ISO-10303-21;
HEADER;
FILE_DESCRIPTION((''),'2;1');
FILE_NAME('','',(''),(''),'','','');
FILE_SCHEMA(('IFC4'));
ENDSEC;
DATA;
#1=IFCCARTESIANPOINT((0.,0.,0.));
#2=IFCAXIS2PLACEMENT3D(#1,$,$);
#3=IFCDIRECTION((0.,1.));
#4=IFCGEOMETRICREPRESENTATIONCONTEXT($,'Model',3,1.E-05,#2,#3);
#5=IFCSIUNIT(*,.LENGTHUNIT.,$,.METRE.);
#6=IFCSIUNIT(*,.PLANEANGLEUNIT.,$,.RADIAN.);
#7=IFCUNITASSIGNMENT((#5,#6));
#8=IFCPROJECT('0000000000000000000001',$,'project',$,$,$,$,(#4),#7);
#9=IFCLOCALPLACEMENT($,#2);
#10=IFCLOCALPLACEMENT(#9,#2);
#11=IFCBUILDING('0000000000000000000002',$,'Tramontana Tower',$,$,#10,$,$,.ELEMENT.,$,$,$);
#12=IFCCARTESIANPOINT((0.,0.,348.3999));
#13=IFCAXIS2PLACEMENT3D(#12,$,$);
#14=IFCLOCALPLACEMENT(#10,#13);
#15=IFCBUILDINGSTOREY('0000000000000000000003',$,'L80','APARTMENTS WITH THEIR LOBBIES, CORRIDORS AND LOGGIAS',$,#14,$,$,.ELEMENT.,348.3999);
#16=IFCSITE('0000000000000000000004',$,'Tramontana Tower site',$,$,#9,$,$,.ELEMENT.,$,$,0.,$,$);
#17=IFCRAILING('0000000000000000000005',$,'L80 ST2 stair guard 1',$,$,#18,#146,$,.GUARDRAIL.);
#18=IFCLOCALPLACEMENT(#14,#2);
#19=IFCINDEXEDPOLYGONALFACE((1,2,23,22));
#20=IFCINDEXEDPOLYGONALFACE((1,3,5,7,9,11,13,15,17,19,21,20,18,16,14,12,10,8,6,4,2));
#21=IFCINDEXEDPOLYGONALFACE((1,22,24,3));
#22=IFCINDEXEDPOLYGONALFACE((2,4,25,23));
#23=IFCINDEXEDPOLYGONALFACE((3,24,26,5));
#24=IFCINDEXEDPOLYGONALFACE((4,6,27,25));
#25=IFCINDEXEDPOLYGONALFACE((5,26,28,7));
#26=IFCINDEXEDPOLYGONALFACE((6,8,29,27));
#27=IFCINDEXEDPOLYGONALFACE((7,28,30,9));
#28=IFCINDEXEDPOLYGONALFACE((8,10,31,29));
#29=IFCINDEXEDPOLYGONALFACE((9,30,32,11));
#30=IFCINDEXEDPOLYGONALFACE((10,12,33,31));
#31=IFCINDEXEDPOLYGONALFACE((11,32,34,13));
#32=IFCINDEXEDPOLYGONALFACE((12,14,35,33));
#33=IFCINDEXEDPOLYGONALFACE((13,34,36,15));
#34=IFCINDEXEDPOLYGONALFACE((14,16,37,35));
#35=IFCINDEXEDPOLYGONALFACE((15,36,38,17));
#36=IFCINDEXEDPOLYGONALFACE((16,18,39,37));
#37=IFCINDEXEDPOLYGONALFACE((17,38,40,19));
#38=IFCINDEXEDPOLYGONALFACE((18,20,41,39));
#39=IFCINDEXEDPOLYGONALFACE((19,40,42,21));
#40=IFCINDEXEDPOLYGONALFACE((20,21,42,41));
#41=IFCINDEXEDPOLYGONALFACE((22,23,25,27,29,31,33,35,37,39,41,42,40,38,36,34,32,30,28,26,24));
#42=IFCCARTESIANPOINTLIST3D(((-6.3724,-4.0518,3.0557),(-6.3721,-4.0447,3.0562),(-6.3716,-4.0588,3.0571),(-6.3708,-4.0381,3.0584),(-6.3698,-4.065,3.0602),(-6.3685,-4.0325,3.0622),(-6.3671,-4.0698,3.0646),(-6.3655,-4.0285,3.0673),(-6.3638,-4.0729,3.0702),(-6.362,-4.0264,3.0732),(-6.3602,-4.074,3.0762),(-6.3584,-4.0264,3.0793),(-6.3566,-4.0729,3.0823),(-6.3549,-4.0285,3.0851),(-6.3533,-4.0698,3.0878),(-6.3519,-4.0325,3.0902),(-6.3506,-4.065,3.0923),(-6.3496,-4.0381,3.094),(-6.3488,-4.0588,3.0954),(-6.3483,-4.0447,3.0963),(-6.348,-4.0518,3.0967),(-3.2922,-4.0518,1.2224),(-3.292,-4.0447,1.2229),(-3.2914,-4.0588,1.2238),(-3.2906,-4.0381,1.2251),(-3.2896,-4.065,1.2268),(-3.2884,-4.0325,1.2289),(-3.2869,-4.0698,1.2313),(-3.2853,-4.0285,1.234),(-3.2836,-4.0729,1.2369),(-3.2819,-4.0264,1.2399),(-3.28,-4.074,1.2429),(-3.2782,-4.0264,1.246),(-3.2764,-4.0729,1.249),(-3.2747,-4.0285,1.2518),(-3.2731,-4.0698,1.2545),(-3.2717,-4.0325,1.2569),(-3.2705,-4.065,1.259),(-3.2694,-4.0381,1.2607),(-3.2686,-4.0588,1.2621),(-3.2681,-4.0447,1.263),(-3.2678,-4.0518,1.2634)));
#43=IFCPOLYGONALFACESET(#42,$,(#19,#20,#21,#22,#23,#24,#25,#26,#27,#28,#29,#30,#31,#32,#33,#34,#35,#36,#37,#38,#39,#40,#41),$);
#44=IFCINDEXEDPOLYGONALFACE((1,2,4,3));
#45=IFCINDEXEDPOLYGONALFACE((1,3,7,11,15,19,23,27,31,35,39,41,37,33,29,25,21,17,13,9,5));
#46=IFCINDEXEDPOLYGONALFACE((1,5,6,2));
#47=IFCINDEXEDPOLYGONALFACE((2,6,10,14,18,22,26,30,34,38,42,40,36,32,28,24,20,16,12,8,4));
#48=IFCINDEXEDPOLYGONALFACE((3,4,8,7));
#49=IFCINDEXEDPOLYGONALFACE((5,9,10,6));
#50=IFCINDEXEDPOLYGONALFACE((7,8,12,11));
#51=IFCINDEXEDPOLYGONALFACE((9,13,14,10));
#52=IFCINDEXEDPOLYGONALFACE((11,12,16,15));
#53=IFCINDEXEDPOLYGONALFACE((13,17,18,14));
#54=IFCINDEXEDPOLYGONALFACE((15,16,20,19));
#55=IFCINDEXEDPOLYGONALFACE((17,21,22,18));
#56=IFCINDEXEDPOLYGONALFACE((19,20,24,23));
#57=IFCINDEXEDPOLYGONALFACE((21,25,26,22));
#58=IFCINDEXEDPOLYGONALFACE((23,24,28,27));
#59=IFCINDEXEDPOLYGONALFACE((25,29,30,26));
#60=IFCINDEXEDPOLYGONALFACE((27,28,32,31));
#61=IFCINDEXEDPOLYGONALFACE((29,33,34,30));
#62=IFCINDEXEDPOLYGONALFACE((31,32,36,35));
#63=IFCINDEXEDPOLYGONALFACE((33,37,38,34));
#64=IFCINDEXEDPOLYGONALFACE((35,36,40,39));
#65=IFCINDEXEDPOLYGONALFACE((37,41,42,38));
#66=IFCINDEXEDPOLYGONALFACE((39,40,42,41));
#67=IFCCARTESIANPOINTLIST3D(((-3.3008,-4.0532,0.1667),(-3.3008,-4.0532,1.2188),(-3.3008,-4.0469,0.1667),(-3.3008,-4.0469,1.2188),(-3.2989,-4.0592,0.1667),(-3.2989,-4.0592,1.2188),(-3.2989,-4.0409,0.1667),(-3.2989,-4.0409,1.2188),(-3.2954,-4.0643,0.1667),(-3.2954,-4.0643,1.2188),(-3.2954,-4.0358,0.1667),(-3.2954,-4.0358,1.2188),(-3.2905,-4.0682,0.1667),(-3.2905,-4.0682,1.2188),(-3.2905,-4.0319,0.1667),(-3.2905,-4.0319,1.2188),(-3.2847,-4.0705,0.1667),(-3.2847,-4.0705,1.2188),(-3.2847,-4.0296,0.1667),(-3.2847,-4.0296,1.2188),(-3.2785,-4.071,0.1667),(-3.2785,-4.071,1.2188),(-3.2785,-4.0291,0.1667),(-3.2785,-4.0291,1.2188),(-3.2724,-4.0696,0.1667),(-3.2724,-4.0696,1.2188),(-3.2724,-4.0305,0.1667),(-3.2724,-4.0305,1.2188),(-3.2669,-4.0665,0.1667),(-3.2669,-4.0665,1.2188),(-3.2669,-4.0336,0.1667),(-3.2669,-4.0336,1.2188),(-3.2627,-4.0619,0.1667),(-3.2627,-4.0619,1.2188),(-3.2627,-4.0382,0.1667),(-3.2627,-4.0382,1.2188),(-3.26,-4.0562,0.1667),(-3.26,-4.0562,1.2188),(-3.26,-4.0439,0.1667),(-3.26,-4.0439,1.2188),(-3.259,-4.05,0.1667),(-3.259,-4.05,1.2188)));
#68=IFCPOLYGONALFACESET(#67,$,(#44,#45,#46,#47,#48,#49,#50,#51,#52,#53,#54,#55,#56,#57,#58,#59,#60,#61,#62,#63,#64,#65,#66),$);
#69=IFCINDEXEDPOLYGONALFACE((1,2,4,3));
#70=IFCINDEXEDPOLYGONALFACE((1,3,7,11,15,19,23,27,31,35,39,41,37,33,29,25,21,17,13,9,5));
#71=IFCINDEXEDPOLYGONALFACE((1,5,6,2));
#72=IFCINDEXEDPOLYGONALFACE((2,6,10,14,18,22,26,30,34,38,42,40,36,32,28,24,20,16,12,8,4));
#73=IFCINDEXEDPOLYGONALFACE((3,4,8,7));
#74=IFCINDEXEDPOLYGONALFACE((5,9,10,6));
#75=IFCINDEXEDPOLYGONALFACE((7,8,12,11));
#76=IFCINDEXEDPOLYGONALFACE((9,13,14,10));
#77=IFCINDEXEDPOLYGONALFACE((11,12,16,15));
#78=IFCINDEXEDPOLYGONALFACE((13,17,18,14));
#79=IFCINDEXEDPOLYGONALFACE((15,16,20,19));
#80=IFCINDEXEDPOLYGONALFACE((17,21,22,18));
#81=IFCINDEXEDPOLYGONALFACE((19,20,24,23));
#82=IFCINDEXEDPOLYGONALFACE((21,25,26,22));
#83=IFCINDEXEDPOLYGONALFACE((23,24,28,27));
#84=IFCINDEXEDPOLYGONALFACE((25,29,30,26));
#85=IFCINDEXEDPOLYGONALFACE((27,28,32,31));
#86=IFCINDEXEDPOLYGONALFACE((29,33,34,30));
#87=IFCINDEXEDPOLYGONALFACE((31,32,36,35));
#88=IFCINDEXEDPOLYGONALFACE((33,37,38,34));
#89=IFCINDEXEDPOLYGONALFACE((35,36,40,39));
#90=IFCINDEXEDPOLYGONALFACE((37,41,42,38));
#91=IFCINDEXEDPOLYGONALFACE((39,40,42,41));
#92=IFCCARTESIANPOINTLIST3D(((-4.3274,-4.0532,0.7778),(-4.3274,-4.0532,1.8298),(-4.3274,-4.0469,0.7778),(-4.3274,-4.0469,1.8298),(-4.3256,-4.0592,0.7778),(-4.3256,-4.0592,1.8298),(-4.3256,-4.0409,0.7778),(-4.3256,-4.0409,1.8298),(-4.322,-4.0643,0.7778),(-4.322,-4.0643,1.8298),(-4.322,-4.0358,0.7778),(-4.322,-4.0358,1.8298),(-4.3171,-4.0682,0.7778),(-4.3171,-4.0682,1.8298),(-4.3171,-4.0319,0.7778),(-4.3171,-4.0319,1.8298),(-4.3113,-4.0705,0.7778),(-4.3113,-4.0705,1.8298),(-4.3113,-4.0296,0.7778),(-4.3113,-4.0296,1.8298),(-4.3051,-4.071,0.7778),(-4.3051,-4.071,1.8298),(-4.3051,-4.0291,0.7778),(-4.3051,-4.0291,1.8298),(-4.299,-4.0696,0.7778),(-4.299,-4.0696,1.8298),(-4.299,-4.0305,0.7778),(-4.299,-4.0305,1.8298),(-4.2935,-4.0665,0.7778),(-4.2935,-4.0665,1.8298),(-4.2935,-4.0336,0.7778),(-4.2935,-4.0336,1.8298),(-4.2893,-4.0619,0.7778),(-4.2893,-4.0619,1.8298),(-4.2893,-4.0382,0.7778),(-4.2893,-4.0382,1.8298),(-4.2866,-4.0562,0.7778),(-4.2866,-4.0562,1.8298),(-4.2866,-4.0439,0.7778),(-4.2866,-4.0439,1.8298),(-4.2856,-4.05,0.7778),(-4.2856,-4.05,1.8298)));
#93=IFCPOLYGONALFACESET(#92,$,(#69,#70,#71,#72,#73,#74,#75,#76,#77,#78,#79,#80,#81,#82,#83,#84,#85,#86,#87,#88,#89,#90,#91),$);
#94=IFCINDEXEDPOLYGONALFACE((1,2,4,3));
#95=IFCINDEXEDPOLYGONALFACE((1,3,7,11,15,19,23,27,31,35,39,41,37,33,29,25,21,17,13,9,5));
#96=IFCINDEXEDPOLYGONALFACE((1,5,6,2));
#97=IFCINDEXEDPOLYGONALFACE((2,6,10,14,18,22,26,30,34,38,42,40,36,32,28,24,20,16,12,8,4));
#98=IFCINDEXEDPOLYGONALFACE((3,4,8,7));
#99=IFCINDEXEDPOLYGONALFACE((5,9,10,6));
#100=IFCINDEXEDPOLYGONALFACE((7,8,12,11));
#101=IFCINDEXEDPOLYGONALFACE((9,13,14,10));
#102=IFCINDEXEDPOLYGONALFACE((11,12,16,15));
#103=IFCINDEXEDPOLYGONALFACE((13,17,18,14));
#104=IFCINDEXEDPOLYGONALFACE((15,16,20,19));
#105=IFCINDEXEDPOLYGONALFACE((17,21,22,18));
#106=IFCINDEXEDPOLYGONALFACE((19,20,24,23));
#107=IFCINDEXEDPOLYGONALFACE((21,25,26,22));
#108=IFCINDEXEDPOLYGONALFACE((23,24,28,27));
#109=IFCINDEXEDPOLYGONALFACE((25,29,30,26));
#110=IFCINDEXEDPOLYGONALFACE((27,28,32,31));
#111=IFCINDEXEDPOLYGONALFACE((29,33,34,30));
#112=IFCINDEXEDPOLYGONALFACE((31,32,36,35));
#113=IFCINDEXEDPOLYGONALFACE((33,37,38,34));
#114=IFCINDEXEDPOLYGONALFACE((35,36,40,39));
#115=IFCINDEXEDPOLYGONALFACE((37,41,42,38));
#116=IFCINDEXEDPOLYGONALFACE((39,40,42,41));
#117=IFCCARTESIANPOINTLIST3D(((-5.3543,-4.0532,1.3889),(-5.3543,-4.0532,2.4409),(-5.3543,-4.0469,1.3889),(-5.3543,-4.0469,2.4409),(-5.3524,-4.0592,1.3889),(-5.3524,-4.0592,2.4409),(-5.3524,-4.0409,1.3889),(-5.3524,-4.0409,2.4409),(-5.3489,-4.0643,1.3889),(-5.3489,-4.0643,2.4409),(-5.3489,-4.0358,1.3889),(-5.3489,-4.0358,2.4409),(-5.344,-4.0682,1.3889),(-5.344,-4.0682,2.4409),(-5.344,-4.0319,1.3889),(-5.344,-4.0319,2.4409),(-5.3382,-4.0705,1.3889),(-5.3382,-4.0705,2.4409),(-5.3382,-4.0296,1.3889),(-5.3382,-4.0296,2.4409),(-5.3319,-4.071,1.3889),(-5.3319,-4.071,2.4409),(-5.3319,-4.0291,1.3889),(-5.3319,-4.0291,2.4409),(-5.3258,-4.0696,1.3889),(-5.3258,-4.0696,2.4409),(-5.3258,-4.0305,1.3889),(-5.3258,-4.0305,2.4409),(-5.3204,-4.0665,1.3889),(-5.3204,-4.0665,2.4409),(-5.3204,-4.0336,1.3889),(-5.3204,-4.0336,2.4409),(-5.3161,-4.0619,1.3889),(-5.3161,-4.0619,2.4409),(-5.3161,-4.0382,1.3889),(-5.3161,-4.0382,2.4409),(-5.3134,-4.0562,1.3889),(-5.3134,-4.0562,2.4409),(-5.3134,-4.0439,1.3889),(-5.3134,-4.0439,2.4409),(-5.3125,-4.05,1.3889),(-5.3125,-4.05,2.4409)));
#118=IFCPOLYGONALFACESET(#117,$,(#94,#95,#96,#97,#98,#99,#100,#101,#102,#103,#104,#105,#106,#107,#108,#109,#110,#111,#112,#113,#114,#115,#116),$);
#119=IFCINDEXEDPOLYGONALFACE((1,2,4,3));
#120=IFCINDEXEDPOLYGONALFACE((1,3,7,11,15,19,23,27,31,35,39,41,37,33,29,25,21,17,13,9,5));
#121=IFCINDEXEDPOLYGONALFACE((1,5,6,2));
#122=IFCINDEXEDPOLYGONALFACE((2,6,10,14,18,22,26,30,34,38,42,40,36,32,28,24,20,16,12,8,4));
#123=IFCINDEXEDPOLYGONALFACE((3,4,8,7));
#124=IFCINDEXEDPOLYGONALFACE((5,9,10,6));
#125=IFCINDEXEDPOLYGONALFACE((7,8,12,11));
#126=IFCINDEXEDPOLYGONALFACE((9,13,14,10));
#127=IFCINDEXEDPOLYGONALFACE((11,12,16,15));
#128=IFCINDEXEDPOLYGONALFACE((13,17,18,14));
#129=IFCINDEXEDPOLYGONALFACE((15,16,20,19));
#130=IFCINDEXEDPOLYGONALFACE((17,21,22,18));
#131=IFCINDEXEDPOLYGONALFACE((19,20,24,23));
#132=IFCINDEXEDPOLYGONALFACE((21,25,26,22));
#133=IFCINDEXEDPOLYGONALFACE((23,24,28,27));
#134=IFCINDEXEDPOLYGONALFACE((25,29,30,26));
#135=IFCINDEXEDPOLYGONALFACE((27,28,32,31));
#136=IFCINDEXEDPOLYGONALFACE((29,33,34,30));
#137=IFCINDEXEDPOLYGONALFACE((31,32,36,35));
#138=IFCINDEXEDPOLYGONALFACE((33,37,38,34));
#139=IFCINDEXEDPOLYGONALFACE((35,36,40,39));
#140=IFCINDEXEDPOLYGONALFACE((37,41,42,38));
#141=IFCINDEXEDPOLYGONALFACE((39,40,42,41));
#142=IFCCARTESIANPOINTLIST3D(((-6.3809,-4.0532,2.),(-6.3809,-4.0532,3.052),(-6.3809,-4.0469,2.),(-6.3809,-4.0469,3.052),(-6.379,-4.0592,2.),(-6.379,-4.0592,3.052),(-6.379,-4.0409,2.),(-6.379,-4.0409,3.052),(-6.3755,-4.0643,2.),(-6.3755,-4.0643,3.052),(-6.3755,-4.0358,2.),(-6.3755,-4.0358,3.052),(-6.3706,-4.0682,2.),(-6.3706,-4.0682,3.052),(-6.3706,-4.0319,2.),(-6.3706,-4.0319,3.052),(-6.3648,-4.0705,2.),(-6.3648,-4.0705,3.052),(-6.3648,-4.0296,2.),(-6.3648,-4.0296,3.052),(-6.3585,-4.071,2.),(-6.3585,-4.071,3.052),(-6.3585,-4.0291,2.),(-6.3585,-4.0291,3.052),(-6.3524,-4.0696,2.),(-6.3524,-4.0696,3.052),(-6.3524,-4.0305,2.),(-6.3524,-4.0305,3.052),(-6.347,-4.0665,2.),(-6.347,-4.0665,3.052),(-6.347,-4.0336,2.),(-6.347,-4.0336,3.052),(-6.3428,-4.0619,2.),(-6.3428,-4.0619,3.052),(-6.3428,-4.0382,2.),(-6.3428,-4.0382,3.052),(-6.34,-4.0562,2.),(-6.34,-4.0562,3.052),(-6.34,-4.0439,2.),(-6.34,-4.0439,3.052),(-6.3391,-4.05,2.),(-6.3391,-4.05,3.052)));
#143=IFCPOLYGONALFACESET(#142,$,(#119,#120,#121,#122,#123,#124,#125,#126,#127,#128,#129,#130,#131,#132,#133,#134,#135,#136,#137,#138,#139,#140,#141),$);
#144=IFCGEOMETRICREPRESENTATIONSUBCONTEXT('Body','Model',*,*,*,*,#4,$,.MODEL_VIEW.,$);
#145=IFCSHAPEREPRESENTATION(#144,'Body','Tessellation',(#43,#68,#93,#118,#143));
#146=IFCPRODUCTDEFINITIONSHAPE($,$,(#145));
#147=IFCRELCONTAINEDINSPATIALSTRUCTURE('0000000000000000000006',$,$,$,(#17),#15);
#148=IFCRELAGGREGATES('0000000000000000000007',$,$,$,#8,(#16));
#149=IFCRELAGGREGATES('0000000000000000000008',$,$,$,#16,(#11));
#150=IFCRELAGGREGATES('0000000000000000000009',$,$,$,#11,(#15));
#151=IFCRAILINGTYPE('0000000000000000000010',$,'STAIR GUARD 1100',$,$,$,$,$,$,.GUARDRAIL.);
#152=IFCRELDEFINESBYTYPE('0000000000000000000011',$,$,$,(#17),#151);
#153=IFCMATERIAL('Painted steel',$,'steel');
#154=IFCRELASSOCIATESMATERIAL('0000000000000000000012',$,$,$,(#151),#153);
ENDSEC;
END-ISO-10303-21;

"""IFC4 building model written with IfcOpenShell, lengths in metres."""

from ifc_helpers import new_model, si_unit, direction, frame, origin, origin_2d, place, context, subcontext, project, spatial, circle, extrude, material, type_object, element, save


model = new_model("IFC4")

# Units and contexts
model_context = context("Model", 3, precision=1e-05, world=origin(), true_north=direction((0.0, 1.0)))
body_context = subcontext(model_context, "Body", "Model", "MODEL_VIEW")
ifc_project = project(units=[si_unit("LENGTHUNIT", "METRE"), si_unit("PLANEANGLEUNIT", "RADIAN")], contexts=[model_context])

# Site, building, storey
site_placement = place(None, origin())
site = spatial("IfcSite", under=ifc_project, at=site_placement, Name="Tramontana Tower site", CompositionType="ELEMENT", RefElevation=0.0)
building_placement = place(site_placement, origin())
building = spatial("IfcBuilding", under=site, at=building_placement, Name="Tramontana Tower", CompositionType="ELEMENT")
storey_placement = place(building_placement, frame((0.0, 0.0, 348.3999)))
storey = spatial("IfcBuildingStorey", under=building, at=storey_placement, Name="L80", Description="APARTMENTS WITH THEIR LOBBIES, CORRIDORS AND LOGGIAS", CompositionType="ELEMENT", Elevation=348.3999)

# Railing
ifc_material_1 = material(Name="Painted steel", Category="steel")
railing_type_1 = type_object("IfcRailingType", Name="STAIR GUARD 1100", PredefinedType="GUARDRAIL", material=ifc_material_1)
railing_1_placement = place(storey_placement, frame((-3.28, -4.05, 0.1667)))
element("IfcRailing", 1, at=railing_1_placement, inside=storey, type_object=railing_type_1, Name="L80 ST2 stair guard 1", PredefinedType="GUARDRAIL", context=body_context, shape_type="SweptSolid", body=[
    extrude(circle(Radius=0.0239, at=origin_2d()), frame((0.0, 0.0, 1.0762), z_axis=(-0.859309, 0.0, 0.511458), x_axis=(0.0, -1.0, 0.0)), (0.0, 0.0, 1.0), 3.5845),
    extrude(circle(Radius=0.021, at=origin_2d()), origin(), (0.0, 0.0, 1.0), 1.052),
    extrude(circle(Radius=0.021, at=origin_2d()), frame((-1.0266, 0.0, 0.6111)), (0.0, 0.0, 1.0), 1.052),
    extrude(circle(Radius=0.021, at=origin_2d()), frame((-2.0535, 0.0, 1.2222)), (0.0, 0.0, 1.0), 1.052),
    extrude(circle(Radius=0.021, at=origin_2d()), frame((-3.0801, 0.0, 1.8333)), (0.0, 0.0, 1.0), 1.052),
])

save(model, "model.ifc")
